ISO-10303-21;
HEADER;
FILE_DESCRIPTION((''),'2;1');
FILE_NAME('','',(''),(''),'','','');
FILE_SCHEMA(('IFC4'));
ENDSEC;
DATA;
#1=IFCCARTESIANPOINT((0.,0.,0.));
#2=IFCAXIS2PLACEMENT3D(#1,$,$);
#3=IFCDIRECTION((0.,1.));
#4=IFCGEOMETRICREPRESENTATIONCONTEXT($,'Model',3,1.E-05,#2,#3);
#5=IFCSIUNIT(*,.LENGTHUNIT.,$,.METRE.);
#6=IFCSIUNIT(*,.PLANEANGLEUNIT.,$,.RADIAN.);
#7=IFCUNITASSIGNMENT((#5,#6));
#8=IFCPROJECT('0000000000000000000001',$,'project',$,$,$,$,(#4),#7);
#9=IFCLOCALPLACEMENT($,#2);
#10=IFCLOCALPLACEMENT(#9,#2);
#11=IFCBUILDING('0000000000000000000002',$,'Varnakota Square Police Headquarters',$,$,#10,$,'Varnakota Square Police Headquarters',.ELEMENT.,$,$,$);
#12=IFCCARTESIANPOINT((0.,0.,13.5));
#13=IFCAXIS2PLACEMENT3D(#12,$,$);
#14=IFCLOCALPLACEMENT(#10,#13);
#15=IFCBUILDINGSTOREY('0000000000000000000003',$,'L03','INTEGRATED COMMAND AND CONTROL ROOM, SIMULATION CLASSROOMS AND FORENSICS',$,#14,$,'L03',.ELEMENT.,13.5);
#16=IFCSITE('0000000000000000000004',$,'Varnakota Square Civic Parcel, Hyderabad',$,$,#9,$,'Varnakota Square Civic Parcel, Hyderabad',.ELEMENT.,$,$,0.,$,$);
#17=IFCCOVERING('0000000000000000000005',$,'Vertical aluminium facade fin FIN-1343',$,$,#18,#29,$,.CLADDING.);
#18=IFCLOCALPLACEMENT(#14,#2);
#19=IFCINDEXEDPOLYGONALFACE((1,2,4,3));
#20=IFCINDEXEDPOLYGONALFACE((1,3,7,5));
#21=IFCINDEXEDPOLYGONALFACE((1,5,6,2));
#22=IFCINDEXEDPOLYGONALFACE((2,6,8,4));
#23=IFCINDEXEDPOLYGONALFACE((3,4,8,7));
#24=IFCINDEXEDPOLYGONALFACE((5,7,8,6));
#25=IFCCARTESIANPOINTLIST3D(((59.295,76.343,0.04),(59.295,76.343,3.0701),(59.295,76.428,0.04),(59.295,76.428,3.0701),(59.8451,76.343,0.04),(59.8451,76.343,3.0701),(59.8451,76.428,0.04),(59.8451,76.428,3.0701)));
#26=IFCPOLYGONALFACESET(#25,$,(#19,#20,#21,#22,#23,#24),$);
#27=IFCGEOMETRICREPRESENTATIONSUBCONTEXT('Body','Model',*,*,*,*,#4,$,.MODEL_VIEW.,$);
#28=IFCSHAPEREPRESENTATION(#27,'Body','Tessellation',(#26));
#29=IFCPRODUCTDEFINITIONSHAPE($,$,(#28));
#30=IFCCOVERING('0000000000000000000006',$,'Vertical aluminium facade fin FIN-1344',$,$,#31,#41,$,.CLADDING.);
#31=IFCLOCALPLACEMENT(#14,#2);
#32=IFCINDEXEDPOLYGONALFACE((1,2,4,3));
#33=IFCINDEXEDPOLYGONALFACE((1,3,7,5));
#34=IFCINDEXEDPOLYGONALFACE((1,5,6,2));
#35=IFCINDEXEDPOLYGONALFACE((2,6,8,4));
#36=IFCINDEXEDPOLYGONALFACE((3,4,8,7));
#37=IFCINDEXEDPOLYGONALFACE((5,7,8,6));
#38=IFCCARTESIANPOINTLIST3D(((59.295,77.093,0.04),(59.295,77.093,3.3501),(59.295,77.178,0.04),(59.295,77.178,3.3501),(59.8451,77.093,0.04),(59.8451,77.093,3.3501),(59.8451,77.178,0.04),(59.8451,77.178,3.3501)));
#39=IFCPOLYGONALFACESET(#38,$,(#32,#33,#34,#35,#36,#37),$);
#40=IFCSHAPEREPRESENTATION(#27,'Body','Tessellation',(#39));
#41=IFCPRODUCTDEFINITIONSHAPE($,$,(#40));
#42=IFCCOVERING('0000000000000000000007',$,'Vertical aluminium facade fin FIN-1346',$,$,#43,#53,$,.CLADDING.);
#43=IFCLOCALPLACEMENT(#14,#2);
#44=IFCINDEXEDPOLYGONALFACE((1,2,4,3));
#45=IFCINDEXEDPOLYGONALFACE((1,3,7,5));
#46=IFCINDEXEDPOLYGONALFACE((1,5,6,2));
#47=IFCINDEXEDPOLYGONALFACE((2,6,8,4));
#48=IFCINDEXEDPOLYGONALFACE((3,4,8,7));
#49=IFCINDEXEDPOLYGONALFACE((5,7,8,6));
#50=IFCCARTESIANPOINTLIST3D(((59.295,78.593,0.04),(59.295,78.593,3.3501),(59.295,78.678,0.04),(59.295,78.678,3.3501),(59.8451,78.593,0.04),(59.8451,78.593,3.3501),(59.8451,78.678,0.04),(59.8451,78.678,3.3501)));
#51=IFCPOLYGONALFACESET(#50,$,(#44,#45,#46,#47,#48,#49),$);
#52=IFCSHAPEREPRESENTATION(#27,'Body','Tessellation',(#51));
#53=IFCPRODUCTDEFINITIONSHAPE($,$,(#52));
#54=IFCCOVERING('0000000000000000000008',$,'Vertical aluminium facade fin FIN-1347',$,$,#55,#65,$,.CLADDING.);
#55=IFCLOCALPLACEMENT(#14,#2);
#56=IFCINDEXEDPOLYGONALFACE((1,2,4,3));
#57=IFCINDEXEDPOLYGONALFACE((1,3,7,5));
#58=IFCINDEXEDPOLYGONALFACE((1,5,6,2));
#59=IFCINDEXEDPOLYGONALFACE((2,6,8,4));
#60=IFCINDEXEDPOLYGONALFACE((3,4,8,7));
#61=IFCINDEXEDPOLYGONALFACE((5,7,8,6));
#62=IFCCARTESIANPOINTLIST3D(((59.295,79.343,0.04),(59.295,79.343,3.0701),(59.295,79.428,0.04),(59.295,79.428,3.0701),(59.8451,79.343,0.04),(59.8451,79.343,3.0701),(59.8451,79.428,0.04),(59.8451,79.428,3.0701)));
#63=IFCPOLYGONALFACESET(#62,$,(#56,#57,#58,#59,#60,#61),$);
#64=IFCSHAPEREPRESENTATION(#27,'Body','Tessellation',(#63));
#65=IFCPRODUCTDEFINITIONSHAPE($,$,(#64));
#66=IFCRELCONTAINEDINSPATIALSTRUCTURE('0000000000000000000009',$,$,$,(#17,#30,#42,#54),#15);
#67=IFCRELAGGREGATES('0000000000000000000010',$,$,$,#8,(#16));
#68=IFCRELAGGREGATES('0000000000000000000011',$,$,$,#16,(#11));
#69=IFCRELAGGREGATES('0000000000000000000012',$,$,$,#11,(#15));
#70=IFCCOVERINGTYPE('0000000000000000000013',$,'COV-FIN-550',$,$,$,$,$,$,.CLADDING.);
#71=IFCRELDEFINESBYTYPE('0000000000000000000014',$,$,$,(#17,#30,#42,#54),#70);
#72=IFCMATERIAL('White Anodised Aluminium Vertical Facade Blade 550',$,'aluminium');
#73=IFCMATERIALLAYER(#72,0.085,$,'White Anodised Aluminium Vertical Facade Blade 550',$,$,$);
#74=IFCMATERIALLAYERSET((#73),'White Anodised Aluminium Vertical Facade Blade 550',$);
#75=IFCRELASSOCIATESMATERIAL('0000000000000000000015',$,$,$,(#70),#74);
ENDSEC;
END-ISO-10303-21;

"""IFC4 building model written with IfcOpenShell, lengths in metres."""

from ifc_helpers import new_model, si_unit, direction, frame, origin, origin_2d, place, context, subcontext, project, spatial, rectangle, extrude, material, layer, layer_set, type_object, element, save


model = new_model("IFC4")

# Units and contexts
model_context = context("Model", 3, precision=1e-05, world=origin(), true_north=direction((0.0, 1.0)))
body_context = subcontext(model_context, "Body", "Model", "MODEL_VIEW")
ifc_project = project(units=[si_unit("LENGTHUNIT", "METRE"), si_unit("PLANEANGLEUNIT", "RADIAN")], contexts=[model_context])

# Site, building, storey
site_placement = place(None, origin())
site = spatial("IfcSite", under=ifc_project, at=site_placement, Name="Varnakota Square Civic Parcel, Hyderabad", LongName="Varnakota Square Civic Parcel, Hyderabad", CompositionType="ELEMENT", RefElevation=0.0)
building_placement = place(site_placement, origin())
building = spatial("IfcBuilding", under=site, at=building_placement, Name="Varnakota Square Police Headquarters", LongName="Varnakota Square Police Headquarters", CompositionType="ELEMENT")
storey_placement = place(building_placement, frame((0.0, 0.0, 13.5)))
storey = spatial("IfcBuildingStorey", under=building, at=storey_placement, Name="L03", Description="INTEGRATED COMMAND AND CONTROL ROOM, SIMULATION CLASSROOMS AND FORENSICS", LongName="L03", CompositionType="ELEMENT", Elevation=13.5)

# Coverings
ifc_material_1 = material(Name="White Anodised Aluminium Vertical Facade Blade 550", Category="aluminium")
ifc_layer_1 = layer(ifc_material_1, 0.085, Name="White Anodised Aluminium Vertical Facade Blade 550")
ifc_layer_set_1 = layer_set([ifc_layer_1], Name="White Anodised Aluminium Vertical Facade Blade 550")
covering_type_1 = type_object("IfcCoveringType", Name="COV-FIN-550", PredefinedType="CLADDING", material=ifc_layer_set_1)
covering_1_placement = place(storey_placement, frame((59.5701, 76.3855, 0.04), z_axis=(0.0, 0.0, 1.0), x_axis=(0.0, 1.0, 0.0)))
element("IfcCovering", 1, at=covering_1_placement, inside=storey, type_object=covering_type_1, Name="Vertical aluminium facade fin FIN-1343", PredefinedType="CLADDING", context=body_context, shape_type="SweptSolid", body=[
    extrude(rectangle(XDim=0.085, YDim=0.55, at=origin_2d()), origin(), (0.0, 0.0, 1.0), 3.03),
])
for number, where, z_axis, x_axis, name in (
    (2, (59.5701, 77.1355, 0.04), (0.0, 0.0, 1.0), (0.0, 1.0, 0.0), "Vertical aluminium facade fin FIN-1344"),
    (3, (59.5701, 78.6355, 0.04), (0.0, 0.0, 1.0), (0.0, 1.0, 0.0), "Vertical aluminium facade fin FIN-1346"),
):
    element("IfcCovering", number, at=place(storey_placement, frame(where, z_axis=z_axis, x_axis=x_axis)), inside=storey, type_object=covering_type_1, Name=name, PredefinedType="CLADDING", context=body_context, shape_type="SweptSolid", body=[
        extrude(rectangle(XDim=0.085, YDim=0.55, at=origin_2d()), origin(), (0.0, 0.0, 1.0), 3.3101),
    ])
covering_2_placement = place(storey_placement, frame((59.5701, 79.3855, 0.04), z_axis=(0.0, 0.0, 1.0), x_axis=(0.0, 1.0, 0.0)))
element("IfcCovering", 4, at=covering_2_placement, inside=storey, type_object=covering_type_1, Name="Vertical aluminium facade fin FIN-1347", PredefinedType="CLADDING", context=body_context, shape_type="SweptSolid", body=[
    extrude(rectangle(XDim=0.085, YDim=0.55, at=origin_2d()), origin(), (0.0, 0.0, 1.0), 3.03),
])

save(model, "model.ifc")
